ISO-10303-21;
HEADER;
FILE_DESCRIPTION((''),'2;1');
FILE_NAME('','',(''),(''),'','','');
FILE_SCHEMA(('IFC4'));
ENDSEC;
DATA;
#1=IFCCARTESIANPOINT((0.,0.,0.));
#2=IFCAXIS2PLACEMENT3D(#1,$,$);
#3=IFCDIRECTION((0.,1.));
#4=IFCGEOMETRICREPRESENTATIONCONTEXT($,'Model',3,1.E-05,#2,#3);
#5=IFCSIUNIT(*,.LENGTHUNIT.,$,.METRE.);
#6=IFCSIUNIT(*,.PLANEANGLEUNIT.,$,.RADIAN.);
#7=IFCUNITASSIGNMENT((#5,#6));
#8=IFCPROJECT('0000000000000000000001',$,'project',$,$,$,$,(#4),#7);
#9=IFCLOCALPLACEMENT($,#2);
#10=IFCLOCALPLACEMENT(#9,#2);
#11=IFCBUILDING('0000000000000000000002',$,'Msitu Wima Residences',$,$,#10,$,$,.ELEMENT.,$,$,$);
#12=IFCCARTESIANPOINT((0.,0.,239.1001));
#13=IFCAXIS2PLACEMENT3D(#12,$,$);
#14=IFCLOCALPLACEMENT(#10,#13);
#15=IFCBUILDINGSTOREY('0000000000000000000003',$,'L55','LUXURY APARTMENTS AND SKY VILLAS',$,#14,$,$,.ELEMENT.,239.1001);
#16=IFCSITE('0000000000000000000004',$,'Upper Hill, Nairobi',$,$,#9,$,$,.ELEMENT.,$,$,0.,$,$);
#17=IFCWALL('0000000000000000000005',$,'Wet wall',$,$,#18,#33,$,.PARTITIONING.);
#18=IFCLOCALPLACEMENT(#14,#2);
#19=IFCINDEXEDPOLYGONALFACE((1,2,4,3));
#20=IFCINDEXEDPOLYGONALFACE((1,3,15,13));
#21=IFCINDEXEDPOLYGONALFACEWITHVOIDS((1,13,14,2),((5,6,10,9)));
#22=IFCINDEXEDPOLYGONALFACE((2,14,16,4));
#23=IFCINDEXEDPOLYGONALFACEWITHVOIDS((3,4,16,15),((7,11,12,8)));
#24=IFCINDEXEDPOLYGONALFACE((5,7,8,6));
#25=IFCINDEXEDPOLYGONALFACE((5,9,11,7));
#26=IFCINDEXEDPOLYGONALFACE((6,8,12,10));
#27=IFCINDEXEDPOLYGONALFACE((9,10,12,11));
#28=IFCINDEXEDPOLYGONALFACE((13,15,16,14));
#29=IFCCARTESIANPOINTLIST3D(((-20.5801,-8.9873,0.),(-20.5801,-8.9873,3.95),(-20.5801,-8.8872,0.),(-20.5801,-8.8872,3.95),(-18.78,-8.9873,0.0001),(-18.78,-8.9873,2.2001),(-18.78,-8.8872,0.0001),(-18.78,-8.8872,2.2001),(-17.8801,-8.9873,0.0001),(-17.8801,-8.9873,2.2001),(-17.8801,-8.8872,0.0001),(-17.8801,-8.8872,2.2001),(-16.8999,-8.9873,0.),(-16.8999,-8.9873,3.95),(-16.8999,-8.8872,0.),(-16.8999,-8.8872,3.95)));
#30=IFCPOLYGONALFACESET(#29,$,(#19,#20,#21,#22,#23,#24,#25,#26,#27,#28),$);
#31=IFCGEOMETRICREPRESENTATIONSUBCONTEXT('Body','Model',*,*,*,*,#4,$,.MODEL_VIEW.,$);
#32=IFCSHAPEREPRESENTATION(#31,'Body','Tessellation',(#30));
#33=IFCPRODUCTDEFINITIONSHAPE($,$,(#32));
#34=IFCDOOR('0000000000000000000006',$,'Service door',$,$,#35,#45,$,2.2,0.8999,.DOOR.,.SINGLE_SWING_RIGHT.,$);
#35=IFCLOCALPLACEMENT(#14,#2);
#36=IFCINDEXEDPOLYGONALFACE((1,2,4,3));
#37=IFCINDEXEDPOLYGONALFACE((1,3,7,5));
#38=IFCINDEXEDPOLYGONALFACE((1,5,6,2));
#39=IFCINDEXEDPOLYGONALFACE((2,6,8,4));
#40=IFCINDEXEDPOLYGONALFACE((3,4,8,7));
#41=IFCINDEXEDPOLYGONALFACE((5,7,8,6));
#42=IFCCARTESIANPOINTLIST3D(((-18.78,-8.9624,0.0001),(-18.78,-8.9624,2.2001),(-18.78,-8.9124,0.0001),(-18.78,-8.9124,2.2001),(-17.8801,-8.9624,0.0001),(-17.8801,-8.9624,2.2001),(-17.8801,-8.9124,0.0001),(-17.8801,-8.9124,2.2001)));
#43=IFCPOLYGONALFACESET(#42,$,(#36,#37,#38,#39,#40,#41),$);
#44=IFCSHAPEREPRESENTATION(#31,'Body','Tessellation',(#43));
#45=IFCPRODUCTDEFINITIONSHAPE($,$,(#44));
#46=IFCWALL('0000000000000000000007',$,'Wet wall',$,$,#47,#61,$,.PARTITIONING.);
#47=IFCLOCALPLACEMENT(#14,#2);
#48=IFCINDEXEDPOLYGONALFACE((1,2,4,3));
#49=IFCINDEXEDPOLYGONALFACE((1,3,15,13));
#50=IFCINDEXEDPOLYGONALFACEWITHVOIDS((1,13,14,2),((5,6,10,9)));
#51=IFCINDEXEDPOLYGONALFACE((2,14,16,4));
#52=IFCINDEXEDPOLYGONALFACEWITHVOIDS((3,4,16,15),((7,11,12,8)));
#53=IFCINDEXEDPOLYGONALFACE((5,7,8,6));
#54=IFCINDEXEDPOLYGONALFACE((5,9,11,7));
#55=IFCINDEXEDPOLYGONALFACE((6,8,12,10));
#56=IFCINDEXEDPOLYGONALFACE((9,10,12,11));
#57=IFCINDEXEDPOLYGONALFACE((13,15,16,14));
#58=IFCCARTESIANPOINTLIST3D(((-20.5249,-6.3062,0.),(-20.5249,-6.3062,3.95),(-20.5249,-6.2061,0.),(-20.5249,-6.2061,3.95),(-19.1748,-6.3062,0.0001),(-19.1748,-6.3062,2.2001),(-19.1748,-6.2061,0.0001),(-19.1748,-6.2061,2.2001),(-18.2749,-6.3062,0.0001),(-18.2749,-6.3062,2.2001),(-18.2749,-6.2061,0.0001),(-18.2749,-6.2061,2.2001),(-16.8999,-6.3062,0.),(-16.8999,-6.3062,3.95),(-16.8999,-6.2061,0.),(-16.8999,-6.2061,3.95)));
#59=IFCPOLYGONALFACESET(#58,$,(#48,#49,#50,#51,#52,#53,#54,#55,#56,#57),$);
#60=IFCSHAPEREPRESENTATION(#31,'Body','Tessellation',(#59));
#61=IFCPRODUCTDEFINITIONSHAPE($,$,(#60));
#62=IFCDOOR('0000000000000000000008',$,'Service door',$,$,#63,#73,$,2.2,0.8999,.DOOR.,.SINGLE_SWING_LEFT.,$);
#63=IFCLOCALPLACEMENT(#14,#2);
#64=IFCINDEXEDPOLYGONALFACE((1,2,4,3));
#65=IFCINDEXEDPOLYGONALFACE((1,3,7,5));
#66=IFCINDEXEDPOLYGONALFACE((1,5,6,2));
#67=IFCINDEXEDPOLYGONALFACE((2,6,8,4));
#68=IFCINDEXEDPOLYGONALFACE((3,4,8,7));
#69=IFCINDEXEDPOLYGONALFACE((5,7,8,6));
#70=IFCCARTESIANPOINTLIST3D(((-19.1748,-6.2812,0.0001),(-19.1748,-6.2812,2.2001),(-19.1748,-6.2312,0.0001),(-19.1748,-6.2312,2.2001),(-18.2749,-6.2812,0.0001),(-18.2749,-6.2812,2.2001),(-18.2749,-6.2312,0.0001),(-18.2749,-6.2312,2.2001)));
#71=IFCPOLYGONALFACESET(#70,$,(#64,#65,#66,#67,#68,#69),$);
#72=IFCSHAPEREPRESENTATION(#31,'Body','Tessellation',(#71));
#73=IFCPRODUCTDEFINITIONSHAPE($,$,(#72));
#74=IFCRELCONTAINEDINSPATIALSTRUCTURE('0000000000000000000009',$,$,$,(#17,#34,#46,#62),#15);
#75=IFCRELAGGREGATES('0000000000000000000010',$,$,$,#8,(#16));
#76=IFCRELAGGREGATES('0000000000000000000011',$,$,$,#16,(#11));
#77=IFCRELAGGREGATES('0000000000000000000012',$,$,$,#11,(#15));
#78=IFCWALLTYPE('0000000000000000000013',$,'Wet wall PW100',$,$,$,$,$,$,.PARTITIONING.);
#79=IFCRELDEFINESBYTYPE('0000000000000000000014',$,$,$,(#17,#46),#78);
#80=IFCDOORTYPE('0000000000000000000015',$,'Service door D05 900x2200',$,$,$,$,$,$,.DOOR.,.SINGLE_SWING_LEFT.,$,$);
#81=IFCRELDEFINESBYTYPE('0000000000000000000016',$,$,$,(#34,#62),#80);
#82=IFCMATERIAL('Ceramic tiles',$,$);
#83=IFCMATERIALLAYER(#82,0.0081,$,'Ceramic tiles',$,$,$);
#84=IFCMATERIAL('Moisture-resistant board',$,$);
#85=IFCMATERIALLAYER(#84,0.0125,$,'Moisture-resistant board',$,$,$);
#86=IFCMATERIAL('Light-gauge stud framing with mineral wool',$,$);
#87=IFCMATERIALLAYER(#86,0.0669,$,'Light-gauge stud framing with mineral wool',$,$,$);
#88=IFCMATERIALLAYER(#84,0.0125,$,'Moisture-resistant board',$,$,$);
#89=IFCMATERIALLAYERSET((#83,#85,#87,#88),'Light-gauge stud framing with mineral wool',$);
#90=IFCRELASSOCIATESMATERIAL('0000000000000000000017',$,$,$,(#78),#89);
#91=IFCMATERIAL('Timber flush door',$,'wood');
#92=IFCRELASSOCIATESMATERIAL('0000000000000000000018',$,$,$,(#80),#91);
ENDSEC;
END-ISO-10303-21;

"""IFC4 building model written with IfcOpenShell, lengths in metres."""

from ifc_helpers import new_model, si_unit, direction, frame, frame_2d, origin, place, context, subcontext, project, spatial, rectangle, extrude, material, layer, layer_set, type_object, element, fill, save


model = new_model("IFC4")

# Units and contexts
model_context = context("Model", 3, precision=1e-05, world=origin(), true_north=direction((0.0, 1.0)))
body_context = subcontext(model_context, "Body", "Model", "MODEL_VIEW")
ifc_project = project(units=[si_unit("LENGTHUNIT", "METRE"), si_unit("PLANEANGLEUNIT", "RADIAN")], contexts=[model_context])

# Site, building, storey
site_placement = place(None, origin())
site = spatial("IfcSite", under=ifc_project, at=site_placement, Name="Upper Hill, Nairobi", CompositionType="ELEMENT", RefElevation=0.0)
building_placement = place(site_placement, origin())
building = spatial("IfcBuilding", under=site, at=building_placement, Name="Msitu Wima Residences", CompositionType="ELEMENT")
storey_placement = place(building_placement, frame((0.0, 0.0, 239.1001)))
storey = spatial("IfcBuildingStorey", under=building, at=storey_placement, Name="L55", Description="LUXURY APARTMENTS AND SKY VILLAS", CompositionType="ELEMENT", Elevation=239.1001)

# Shared definitions
ifc_material_1 = material(Name="Timber flush door", Category="wood")

# Shared definitions
ifc_material_2 = material(Name="Ceramic tiles")
ifc_layer_1 = layer(ifc_material_2, 0.0081, Name="Ceramic tiles")
ifc_material_3 = material(Name="Moisture-resistant board")
ifc_layer_2 = layer(ifc_material_3, 0.0125, Name="Moisture-resistant board")
ifc_material_4 = material(Name="Light-gauge stud framing with mineral wool")
ifc_layer_3 = layer(ifc_material_4, 0.0669, Name="Light-gauge stud framing with mineral wool")
ifc_layer_4 = layer(ifc_material_3, 0.0125, Name="Moisture-resistant board")
ifc_layer_set_1 = layer_set([ifc_layer_1, ifc_layer_2, ifc_layer_3, ifc_layer_4], Name="Light-gauge stud framing with mineral wool")
wall_type_1 = type_object("IfcWallType", Name="Wet wall PW100", PredefinedType="PARTITIONING", material=ifc_layer_set_1)

# Walls, openings, doors
wall_1_placement = place(storey_placement, frame((-20.5801, -8.9373, 0.0), z_axis=(0.0, 0.0, 1.0), x_axis=(1.0, 0.0, 0.0)))
wall_1 = element("IfcWall", 1, at=wall_1_placement, inside=storey, type_object=wall_type_1, Name="Wet wall", PredefinedType="PARTITIONING", context=body_context, shape_type="SweptSolid", body=[
    extrude(rectangle(XDim=3.6802, YDim=0.1001, at=frame_2d((1.8401, 0.0))), origin(), (0.0, 0.0, 1.0), 3.95),
])
opening_1_placement = place(wall_1_placement, frame((1.8, 0.0, 0.0)))
opening_1 = element("IfcOpeningElement", 2, at=opening_1_placement, cuts=wall_1, PredefinedType="OPENING", context=body_context, shape_type="SweptSolid", body=[
    extrude(rectangle(XDim=0.8999, YDim=2.2, at=frame_2d((0.45, 1.1001))), frame((0.0, 0.0601, 0.0), z_axis=(0.0, -1.0, 0.0), x_axis=(1.0, 0.0, 0.0)), (0.0, 0.0, 1.0), 0.1201),
])
door_type_1 = type_object("IfcDoorType", Name="Service door D05 900x2200", OperationType="SINGLE_SWING_LEFT", PredefinedType="DOOR", material=ifc_material_1)
door_1_placement = place(opening_1_placement, origin())
door_1 = element("IfcDoor", 3, at=door_1_placement, inside=storey, type_object=door_type_1, Name="Service door", OperationType="SINGLE_SWING_RIGHT", OverallHeight=2.2, OverallWidth=0.8999, PredefinedType="DOOR", context=body_context, shape_type="SweptSolid", body=[
    extrude(rectangle(XDim=0.8999, YDim=2.2, at=frame_2d((0.45, 1.1001))), frame((0.0, 0.0249, 0.0), z_axis=(0.0, -1.0, 0.0), x_axis=(1.0, 0.0, 0.0)), (0.0, 0.0, 1.0), 0.05),
])
fill(opening_1, door_1)
wall_2_placement = place(storey_placement, frame((-20.5249, -6.2561, 0.0), z_axis=(0.0, 0.0, 1.0), x_axis=(1.0, 0.0, 0.0)))
wall_2 = element("IfcWall", 4, at=wall_2_placement, inside=storey, type_object=wall_type_1, Name="Wet wall", PredefinedType="PARTITIONING", context=body_context, shape_type="SweptSolid", body=[
    extrude(rectangle(XDim=3.625, YDim=0.1001, at=frame_2d((1.8125, 0.0))), origin(), (0.0, 0.0, 1.0), 3.95),
])
opening_2_placement = place(wall_2_placement, frame((1.3501, 0.0, 0.0)))
opening_2 = element("IfcOpeningElement", 5, at=opening_2_placement, cuts=wall_2, PredefinedType="OPENING", context=body_context, shape_type="SweptSolid", body=[
    extrude(rectangle(XDim=0.8999, YDim=2.2, at=frame_2d((0.45, 1.1001))), frame((0.0, 0.0601, 0.0), z_axis=(0.0, -1.0, 0.0), x_axis=(1.0, 0.0, 0.0)), (0.0, 0.0, 1.0), 0.1201),
])
door_2_placement = place(opening_2_placement, origin())
door_2 = element("IfcDoor", 6, at=door_2_placement, inside=storey, type_object=door_type_1, Name="Service door", OperationType="SINGLE_SWING_LEFT", OverallHeight=2.2, OverallWidth=0.8999, PredefinedType="DOOR", context=body_context, shape_type="SweptSolid", body=[
    extrude(rectangle(XDim=0.8999, YDim=2.2, at=frame_2d((0.45, 1.1001))), frame((0.0, 0.0249, 0.0), z_axis=(0.0, -1.0, 0.0), x_axis=(1.0, 0.0, 0.0)), (0.0, 0.0, 1.0), 0.05),
])
fill(opening_2, door_2)

save(model, "model.ifc")
